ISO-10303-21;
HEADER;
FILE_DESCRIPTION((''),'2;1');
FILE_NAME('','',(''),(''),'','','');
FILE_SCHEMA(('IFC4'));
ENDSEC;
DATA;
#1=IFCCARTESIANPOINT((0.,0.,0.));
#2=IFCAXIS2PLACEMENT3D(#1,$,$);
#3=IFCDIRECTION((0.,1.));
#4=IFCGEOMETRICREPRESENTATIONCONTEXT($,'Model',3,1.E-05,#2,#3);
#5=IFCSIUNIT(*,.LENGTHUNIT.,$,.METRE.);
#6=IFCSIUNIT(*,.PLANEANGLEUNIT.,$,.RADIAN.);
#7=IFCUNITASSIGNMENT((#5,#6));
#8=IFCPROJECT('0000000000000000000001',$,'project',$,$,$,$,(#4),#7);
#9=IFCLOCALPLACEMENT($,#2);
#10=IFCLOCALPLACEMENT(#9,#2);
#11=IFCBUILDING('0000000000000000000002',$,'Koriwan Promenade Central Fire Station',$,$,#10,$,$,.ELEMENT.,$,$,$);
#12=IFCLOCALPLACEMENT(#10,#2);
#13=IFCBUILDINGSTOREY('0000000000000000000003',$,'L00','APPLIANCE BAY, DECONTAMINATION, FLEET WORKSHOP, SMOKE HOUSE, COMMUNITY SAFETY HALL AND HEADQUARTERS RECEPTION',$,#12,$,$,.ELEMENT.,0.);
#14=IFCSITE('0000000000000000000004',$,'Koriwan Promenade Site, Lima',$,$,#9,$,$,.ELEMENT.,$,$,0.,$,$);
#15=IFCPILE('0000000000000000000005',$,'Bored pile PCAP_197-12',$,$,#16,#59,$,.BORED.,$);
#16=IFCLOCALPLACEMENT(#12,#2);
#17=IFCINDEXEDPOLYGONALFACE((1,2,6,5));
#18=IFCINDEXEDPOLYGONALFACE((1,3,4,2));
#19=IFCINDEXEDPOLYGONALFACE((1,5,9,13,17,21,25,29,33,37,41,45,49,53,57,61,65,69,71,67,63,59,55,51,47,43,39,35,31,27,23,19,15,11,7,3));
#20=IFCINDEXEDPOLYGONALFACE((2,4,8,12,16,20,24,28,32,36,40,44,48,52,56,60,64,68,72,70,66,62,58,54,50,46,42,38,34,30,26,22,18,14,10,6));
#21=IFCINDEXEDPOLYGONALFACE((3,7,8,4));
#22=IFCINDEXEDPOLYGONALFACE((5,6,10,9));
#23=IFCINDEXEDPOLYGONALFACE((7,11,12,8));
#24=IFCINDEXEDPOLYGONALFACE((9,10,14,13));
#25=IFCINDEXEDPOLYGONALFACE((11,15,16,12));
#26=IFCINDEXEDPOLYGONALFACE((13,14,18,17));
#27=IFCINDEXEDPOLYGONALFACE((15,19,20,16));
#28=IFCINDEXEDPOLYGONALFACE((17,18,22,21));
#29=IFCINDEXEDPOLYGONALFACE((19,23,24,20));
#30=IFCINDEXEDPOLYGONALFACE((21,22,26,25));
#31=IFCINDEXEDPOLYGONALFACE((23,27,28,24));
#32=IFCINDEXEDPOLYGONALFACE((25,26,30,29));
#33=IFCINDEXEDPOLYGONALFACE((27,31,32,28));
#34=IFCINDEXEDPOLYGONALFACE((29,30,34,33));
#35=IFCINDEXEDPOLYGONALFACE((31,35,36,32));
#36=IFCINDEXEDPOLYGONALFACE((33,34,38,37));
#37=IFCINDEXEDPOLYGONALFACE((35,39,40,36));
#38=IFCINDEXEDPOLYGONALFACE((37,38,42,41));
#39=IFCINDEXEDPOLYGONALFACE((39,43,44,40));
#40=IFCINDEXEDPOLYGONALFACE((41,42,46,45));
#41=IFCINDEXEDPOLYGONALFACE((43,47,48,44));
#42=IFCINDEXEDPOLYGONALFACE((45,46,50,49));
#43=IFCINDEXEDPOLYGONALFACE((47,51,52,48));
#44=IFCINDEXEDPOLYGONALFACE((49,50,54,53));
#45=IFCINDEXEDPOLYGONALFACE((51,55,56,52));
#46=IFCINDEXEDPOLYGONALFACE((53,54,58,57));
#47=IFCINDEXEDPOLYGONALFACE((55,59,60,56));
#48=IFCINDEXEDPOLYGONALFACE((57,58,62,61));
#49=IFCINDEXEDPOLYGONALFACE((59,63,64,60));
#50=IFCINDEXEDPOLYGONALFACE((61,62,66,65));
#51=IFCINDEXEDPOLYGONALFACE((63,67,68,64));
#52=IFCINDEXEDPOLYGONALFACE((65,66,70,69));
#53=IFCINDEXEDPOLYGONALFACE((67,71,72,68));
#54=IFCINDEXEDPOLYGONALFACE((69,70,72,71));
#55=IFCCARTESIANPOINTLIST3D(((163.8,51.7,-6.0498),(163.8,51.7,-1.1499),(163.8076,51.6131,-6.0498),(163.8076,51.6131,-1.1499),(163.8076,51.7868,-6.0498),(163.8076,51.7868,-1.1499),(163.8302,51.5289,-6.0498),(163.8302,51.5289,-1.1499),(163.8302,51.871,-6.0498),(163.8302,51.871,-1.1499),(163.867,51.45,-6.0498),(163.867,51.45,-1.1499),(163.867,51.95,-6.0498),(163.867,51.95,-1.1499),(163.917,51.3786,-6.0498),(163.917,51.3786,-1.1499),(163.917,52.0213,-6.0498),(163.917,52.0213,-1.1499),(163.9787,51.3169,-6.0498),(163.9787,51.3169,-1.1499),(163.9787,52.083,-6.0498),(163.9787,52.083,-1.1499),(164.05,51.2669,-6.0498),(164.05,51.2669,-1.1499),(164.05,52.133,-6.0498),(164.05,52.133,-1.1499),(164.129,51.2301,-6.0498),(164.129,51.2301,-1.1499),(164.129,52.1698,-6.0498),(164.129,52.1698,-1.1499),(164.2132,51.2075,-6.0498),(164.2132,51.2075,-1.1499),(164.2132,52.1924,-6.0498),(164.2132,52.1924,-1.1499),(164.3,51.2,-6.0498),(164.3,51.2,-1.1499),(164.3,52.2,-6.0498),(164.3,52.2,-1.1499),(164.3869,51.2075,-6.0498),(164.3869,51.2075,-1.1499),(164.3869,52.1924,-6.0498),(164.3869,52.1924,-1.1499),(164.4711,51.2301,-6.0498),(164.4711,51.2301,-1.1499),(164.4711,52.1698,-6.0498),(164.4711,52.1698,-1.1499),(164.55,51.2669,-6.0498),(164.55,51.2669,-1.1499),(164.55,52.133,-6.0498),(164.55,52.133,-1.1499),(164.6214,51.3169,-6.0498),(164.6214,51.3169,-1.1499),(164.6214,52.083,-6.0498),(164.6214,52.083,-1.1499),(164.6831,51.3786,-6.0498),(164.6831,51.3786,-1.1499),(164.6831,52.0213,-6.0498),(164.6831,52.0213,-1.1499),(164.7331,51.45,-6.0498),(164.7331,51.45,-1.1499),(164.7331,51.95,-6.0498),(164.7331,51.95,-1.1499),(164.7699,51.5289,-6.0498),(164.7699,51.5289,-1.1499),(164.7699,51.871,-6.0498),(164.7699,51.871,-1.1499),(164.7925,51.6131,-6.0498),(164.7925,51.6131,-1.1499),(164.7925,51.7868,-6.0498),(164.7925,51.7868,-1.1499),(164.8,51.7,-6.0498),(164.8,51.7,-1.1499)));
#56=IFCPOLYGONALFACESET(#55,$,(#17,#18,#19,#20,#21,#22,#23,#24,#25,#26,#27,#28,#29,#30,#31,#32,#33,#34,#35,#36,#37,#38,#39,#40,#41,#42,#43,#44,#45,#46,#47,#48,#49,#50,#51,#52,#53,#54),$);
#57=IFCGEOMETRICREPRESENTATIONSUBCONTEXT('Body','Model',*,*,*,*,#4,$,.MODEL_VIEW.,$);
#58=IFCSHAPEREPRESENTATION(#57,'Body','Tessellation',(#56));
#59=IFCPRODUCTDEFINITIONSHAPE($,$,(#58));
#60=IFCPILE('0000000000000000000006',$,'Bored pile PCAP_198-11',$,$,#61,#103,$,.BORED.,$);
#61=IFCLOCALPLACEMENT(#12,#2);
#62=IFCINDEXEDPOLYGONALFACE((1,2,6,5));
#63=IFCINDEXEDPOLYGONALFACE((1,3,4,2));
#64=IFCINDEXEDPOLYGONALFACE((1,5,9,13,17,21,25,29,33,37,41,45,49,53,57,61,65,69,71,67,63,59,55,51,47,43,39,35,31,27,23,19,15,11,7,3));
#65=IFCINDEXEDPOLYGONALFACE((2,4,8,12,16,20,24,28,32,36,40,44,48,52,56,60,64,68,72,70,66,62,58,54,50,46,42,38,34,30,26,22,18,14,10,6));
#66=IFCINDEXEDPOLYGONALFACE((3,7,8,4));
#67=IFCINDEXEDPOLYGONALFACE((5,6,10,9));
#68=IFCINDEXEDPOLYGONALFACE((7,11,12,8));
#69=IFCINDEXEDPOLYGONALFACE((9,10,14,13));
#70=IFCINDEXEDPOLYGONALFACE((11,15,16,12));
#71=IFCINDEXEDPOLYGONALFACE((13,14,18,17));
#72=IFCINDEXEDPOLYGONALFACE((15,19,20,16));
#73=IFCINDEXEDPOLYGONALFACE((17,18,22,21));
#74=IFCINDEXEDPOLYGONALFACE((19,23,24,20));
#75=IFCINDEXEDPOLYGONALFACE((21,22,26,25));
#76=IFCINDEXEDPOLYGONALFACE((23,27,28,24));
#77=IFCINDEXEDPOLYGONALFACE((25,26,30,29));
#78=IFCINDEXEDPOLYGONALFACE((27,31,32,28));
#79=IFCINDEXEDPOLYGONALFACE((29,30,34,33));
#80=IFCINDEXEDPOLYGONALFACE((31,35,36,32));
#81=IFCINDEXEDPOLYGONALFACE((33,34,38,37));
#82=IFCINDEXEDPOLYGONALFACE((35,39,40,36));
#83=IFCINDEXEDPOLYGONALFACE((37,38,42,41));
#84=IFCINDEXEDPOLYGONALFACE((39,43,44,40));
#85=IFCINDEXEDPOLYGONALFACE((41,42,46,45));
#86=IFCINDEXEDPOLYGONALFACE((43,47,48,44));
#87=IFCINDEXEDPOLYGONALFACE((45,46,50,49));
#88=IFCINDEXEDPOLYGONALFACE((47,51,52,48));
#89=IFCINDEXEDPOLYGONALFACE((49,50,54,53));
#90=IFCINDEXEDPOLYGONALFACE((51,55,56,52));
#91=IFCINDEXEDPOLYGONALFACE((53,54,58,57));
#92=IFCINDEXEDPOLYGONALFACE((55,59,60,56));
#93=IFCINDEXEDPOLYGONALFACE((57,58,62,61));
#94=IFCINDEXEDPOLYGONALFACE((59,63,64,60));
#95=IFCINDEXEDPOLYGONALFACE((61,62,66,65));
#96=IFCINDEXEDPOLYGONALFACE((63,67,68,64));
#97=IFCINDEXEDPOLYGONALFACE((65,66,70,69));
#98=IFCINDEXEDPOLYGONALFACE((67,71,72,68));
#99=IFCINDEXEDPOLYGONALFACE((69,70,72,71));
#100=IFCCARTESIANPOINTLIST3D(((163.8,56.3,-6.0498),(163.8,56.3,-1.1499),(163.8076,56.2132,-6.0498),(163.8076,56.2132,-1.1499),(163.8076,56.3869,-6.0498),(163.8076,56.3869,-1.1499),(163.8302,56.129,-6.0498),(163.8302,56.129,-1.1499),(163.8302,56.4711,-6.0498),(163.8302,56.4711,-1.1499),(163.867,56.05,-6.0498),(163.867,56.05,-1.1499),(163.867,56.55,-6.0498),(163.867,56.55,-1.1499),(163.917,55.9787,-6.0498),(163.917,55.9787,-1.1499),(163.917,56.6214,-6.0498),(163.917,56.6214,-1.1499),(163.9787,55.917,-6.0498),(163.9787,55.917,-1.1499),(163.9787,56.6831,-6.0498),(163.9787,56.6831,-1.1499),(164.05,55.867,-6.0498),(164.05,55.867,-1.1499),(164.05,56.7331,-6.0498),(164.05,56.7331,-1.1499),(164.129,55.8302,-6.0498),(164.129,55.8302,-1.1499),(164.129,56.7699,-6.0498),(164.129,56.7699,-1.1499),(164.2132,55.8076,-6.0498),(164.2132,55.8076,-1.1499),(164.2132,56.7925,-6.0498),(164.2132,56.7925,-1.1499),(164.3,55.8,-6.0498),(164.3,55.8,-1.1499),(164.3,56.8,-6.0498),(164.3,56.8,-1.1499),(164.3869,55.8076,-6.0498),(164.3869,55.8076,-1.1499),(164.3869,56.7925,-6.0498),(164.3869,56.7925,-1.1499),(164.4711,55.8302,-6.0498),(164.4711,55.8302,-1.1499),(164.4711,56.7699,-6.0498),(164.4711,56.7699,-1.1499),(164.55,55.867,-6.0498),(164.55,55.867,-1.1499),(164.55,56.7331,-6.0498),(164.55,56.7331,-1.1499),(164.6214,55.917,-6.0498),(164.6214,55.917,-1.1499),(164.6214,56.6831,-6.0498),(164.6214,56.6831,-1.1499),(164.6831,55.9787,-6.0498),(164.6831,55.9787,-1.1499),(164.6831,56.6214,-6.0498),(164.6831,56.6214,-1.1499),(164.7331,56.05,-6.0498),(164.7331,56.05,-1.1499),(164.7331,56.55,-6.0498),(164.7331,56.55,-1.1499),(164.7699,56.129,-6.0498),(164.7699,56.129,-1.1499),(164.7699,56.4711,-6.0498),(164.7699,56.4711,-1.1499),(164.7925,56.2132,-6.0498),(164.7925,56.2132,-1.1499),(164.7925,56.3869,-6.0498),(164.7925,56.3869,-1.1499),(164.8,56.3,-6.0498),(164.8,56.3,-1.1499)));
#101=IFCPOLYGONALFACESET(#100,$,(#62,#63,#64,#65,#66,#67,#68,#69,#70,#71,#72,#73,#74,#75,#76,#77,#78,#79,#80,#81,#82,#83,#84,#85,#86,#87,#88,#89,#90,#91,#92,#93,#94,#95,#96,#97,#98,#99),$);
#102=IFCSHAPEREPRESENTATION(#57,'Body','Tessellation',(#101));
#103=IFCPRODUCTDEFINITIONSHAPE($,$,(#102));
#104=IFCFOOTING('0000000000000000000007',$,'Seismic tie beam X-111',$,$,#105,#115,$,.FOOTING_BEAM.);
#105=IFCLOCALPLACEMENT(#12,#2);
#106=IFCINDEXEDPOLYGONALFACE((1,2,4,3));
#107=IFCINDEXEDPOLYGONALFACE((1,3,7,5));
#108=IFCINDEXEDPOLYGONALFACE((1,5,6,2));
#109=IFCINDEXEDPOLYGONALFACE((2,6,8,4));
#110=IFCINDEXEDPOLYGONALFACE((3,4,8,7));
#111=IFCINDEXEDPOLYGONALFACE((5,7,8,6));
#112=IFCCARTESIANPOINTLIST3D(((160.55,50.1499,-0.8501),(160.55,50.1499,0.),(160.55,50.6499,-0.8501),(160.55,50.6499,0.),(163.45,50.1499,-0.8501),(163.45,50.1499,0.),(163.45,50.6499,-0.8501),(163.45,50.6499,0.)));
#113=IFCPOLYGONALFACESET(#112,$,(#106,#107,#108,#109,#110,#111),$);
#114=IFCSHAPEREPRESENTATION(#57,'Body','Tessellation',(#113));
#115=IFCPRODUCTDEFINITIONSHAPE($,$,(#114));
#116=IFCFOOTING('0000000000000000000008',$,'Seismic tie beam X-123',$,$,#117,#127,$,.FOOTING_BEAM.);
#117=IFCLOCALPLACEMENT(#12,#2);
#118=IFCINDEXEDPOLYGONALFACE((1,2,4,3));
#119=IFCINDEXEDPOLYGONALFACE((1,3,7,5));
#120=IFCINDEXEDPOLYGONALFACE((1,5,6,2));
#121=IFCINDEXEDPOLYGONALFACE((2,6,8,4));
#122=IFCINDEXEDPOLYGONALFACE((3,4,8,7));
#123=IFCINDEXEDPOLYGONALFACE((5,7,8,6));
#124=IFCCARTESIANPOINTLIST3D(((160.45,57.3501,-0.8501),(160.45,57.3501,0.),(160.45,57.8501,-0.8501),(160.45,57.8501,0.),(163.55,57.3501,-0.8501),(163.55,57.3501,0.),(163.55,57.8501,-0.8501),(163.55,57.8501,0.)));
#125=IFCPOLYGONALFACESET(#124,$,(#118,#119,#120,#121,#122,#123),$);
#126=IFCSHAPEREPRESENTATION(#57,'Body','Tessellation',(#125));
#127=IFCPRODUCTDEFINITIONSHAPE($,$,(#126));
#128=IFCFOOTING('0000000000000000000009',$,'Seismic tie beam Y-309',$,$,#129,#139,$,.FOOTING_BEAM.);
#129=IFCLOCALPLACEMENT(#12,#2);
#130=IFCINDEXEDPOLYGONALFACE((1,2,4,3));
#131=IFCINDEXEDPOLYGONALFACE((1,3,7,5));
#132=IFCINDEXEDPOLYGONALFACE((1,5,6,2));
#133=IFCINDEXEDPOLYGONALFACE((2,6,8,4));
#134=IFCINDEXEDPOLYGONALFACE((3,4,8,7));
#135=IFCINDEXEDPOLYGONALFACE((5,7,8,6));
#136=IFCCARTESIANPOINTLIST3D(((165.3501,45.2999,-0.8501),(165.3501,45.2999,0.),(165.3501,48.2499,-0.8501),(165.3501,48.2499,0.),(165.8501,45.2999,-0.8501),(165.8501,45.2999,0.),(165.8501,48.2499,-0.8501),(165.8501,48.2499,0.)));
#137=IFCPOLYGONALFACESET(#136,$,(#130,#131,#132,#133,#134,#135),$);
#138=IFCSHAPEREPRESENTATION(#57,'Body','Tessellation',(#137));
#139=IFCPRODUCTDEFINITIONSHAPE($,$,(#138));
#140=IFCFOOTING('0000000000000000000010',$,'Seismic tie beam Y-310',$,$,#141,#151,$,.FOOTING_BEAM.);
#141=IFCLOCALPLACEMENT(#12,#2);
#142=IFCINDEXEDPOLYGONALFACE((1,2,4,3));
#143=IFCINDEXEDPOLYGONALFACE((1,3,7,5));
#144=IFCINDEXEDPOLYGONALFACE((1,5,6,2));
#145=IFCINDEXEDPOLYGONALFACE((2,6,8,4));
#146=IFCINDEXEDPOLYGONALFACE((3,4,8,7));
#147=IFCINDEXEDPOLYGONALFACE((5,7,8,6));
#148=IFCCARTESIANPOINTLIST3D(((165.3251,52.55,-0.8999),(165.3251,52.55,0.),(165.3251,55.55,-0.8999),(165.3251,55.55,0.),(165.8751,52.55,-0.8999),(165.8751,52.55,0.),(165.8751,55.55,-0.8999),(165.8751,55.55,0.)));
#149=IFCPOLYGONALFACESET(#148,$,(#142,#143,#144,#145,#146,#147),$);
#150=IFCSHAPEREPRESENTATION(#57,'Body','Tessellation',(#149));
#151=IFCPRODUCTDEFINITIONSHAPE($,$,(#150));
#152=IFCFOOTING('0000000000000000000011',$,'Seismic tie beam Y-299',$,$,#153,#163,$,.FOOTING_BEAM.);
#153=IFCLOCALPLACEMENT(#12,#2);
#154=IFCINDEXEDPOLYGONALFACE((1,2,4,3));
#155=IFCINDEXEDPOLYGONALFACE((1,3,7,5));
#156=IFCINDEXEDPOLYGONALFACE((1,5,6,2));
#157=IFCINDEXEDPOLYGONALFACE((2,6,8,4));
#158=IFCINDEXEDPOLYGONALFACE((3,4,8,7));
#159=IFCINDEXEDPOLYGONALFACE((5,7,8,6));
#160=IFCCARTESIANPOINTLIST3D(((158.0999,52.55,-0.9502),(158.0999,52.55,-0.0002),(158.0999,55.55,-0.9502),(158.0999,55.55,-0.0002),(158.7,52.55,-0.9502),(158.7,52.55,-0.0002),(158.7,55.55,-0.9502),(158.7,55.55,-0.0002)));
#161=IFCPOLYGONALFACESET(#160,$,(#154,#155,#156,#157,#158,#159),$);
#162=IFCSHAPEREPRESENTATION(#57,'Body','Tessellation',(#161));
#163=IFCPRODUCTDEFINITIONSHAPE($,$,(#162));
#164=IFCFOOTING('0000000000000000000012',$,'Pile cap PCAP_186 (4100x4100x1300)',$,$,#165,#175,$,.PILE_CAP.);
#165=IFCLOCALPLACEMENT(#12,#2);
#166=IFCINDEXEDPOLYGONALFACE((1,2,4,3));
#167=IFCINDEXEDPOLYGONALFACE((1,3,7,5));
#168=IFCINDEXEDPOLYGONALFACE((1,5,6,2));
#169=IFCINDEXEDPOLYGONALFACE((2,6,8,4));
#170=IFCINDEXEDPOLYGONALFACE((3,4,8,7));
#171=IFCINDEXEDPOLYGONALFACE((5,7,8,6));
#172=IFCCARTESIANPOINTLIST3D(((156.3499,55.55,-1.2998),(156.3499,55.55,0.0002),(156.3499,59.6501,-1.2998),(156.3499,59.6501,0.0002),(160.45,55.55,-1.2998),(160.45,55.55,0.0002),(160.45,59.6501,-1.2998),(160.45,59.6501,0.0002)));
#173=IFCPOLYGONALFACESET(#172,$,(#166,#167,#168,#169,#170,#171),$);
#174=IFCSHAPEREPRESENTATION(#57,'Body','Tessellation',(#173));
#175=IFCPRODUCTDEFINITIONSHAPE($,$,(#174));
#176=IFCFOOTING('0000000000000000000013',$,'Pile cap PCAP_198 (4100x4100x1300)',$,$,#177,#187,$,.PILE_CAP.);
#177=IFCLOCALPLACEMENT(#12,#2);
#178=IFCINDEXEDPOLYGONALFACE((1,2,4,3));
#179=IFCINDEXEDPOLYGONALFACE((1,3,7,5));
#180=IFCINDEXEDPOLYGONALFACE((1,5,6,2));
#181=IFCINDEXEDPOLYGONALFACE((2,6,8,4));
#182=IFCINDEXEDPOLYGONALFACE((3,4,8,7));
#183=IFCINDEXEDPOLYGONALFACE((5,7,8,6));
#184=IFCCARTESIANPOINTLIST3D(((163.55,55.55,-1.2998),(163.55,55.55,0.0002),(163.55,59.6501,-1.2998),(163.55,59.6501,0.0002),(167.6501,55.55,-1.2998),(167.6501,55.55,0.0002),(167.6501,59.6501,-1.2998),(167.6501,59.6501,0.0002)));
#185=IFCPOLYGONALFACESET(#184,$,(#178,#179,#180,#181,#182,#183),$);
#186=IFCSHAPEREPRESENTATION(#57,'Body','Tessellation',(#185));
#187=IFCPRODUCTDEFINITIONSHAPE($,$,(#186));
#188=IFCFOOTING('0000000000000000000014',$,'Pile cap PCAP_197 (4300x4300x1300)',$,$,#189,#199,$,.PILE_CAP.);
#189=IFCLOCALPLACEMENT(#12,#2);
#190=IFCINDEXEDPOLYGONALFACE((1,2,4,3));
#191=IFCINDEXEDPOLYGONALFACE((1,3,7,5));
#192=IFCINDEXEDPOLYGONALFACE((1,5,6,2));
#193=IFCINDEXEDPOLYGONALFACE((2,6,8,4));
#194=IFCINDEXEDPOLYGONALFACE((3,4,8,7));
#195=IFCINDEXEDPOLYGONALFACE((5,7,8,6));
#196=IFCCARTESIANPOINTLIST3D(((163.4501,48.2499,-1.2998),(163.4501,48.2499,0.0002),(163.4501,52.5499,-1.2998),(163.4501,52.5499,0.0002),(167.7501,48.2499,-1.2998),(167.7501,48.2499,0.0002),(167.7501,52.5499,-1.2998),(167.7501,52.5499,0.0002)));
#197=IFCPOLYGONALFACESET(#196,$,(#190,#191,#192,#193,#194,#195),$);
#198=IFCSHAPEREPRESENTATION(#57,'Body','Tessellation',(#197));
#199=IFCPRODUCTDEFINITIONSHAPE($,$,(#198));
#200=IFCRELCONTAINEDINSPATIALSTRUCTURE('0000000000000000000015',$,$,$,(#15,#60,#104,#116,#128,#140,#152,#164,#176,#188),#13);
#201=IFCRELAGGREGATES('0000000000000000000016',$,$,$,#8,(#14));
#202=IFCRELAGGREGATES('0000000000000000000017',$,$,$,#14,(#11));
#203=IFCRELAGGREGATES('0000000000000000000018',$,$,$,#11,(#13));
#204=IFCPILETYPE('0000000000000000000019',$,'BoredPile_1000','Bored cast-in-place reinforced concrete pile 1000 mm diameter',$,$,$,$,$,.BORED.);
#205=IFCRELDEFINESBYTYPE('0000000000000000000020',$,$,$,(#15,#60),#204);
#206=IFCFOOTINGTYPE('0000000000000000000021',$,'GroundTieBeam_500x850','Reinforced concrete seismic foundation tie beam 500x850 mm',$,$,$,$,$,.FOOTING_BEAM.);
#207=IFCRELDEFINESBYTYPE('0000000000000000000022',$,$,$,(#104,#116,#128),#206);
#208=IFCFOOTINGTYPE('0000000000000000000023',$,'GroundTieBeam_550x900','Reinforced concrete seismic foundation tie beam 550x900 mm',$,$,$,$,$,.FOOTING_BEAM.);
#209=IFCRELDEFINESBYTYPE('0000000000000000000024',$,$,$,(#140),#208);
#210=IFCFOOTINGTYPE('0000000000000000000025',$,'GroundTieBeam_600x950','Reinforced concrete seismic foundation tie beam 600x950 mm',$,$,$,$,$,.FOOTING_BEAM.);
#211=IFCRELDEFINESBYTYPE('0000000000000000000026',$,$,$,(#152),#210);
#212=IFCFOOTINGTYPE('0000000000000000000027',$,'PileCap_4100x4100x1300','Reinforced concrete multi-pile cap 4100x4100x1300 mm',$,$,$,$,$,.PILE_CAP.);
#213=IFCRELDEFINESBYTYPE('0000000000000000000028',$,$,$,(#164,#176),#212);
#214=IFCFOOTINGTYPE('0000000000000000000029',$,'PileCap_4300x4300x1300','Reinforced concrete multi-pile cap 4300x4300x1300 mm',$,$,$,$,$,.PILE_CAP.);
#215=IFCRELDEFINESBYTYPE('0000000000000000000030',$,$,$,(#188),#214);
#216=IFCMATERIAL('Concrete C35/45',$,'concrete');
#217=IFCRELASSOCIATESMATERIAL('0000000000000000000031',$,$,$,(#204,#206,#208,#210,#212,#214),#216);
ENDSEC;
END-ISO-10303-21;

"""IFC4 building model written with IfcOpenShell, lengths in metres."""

from ifc_helpers import new_model, si_unit, direction, frame, origin, origin_2d, place, context, subcontext, project, spatial, rectangle, circle, extrude, material, material_profile, profile_set, type_object, element, save


model = new_model("IFC4")

# Units and contexts
model_context = context("Model", 3, precision=1e-05, world=origin(), true_north=direction((0.0, 1.0)))
body_context = subcontext(model_context, "Body", "Model", "MODEL_VIEW")
ifc_project = project(units=[si_unit("LENGTHUNIT", "METRE"), si_unit("PLANEANGLEUNIT", "RADIAN")], contexts=[model_context])

# Site, building, storey
site_placement = place(None, origin())
site = spatial("IfcSite", under=ifc_project, at=site_placement, Name="Koriwan Promenade Site, Lima", CompositionType="ELEMENT", RefElevation=0.0)
building_placement = place(site_placement, origin())
building = spatial("IfcBuilding", under=site, at=building_placement, Name="Koriwan Promenade Central Fire Station", CompositionType="ELEMENT")
storey_placement = place(building_placement, origin())
storey = spatial("IfcBuildingStorey", under=building, at=storey_placement, Name="L00", Description="APPLIANCE BAY, DECONTAMINATION, FLEET WORKSHOP, SMOKE HOUSE, COMMUNITY SAFETY HALL AND HEADQUARTERS RECEPTION", CompositionType="ELEMENT", Elevation=0.0)

# Piles
ifc_material_1 = material(Name="Concrete C35/45", Category="concrete")
ifc_material_profile_1 = material_profile(ifc_material_1, circle(Radius=0.5, at=origin_2d()), Name="PILE-D1000")
ifc_profile_set_1 = profile_set([ifc_material_profile_1], Name="Concrete C35/45")
pile_type = type_object("IfcPileType", Name="BoredPile_1000", Description="Bored cast-in-place reinforced concrete pile 1000 mm diameter", PredefinedType="BORED", material=ifc_profile_set_1)
for number, where, z_axis, x_axis, name in (
    (1, (164.3, 51.7, -1.1499), (0.0, 0.0, -1.0), (1.0, 0.0, 0.0), "Bored pile PCAP_197-12"),
    (2, (164.3, 56.3, -1.1499), (0.0, 0.0, -1.0), (1.0, 0.0, 0.0), "Bored pile PCAP_198-11"),
):
    element("IfcPile", number, at=place(storey_placement, frame(where, z_axis=z_axis, x_axis=x_axis)), inside=storey, type_object=pile_type, Name=name, PredefinedType="BORED", context=body_context, shape_type="SweptSolid", body=[
        extrude(circle(Radius=0.5, at=origin_2d()), origin(), (0.0, 0.0, 1.0), 4.8999),
    ])

# Footings
footing_type_1 = type_object("IfcFootingType", Name="GroundTieBeam_500x850", Description="Reinforced concrete seismic foundation tie beam 500x850 mm", PredefinedType="FOOTING_BEAM", material=ifc_material_1)
footing_1_placement = place(storey_placement, frame((162.0, 50.3999, -0.8501), z_axis=(0.0, 0.0, 1.0), x_axis=(1.0, 0.0, 0.0)))
element("IfcFooting", 3, at=footing_1_placement, inside=storey, type_object=footing_type_1, Name="Seismic tie beam X-111", PredefinedType="FOOTING_BEAM", context=body_context, shape_type="SweptSolid", body=[
    extrude(rectangle(XDim=2.8999, YDim=0.5, at=origin_2d()), origin(), (0.0, 0.0, 1.0), 0.8501),
])
footing_2_placement = place(storey_placement, frame((162.0, 57.6001, -0.8501), z_axis=(0.0, 0.0, 1.0), x_axis=(1.0, 0.0, 0.0)))
element("IfcFooting", 4, at=footing_2_placement, inside=storey, type_object=footing_type_1, Name="Seismic tie beam X-123", PredefinedType="FOOTING_BEAM", context=body_context, shape_type="SweptSolid", body=[
    extrude(rectangle(XDim=3.1001, YDim=0.5, at=origin_2d()), origin(), (0.0, 0.0, 1.0), 0.8501),
])
footing_3_placement = place(storey_placement, frame((165.6001, 46.7749, -0.8501), z_axis=(0.0, 0.0, 1.0), x_axis=(0.0, 1.0, 0.0)))
element("IfcFooting", 5, at=footing_3_placement, inside=storey, type_object=footing_type_1, Name="Seismic tie beam Y-309", PredefinedType="FOOTING_BEAM", context=body_context, shape_type="SweptSolid", body=[
    extrude(rectangle(XDim=2.95, YDim=0.5, at=origin_2d()), origin(), (0.0, 0.0, 1.0), 0.8501),
])
footing_type_2 = type_object("IfcFootingType", Name="GroundTieBeam_550x900", Description="Reinforced concrete seismic foundation tie beam 550x900 mm", PredefinedType="FOOTING_BEAM", material=ifc_material_1)
footing_4_placement = place(storey_placement, frame((165.6001, 54.05, -0.8999), z_axis=(0.0, 0.0, 1.0), x_axis=(0.0, 1.0, 0.0)))
element("IfcFooting", 6, at=footing_4_placement, inside=storey, type_object=footing_type_2, Name="Seismic tie beam Y-310", PredefinedType="FOOTING_BEAM", context=body_context, shape_type="SweptSolid", body=[
    extrude(rectangle(XDim=3.0, YDim=0.55, at=origin_2d()), origin(), (0.0, 0.0, 1.0), 0.8999),
])
footing_type_3 = type_object("IfcFootingType", Name="GroundTieBeam_600x950", Description="Reinforced concrete seismic foundation tie beam 600x950 mm", PredefinedType="FOOTING_BEAM", material=ifc_material_1)
footing_5_placement = place(storey_placement, frame((158.3999, 54.05, -0.9502), z_axis=(0.0, 0.0, 1.0), x_axis=(0.0, 1.0, 0.0)))
element("IfcFooting", 7, at=footing_5_placement, inside=storey, type_object=footing_type_3, Name="Seismic tie beam Y-299", PredefinedType="FOOTING_BEAM", context=body_context, shape_type="SweptSolid", body=[
    extrude(rectangle(XDim=3.0, YDim=0.6001, at=origin_2d()), origin(), (0.0, 0.0, 1.0), 0.95),
])
footing_type_4 = type_object("IfcFootingType", Name="PileCap_4100x4100x1300", Description="Reinforced concrete multi-pile cap 4100x4100x1300 mm", PredefinedType="PILE_CAP", material=ifc_material_1)
for number, where, z_axis, x_axis, name in (
    (8, (158.3999, 57.6001, -1.2998), (0.0, 0.0, 1.0), (1.0, 0.0, 0.0), "Pile cap PCAP_186 (4100x4100x1300)"),
    (9, (165.6001, 57.6001, -1.2998), (0.0, 0.0, 1.0), (1.0, 0.0, 0.0), "Pile cap PCAP_198 (4100x4100x1300)"),
):
    element("IfcFooting", number, at=place(storey_placement, frame(where, z_axis=z_axis, x_axis=x_axis)), inside=storey, type_object=footing_type_4, Name=name, PredefinedType="PILE_CAP", context=body_context, shape_type="SweptSolid", body=[
        extrude(rectangle(XDim=4.1001, YDim=4.1001, at=origin_2d()), origin(), (0.0, 0.0, 1.0), 1.3),
    ])
footing_type_5 = type_object("IfcFootingType", Name="PileCap_4300x4300x1300", Description="Reinforced concrete multi-pile cap 4300x4300x1300 mm", PredefinedType="PILE_CAP", material=ifc_material_1)
footing_6_placement = place(storey_placement, frame((165.6001, 50.3999, -1.2998), z_axis=(0.0, 0.0, 1.0), x_axis=(1.0, 0.0, 0.0)))
element("IfcFooting", 10, at=footing_6_placement, inside=storey, type_object=footing_type_5, Name="Pile cap PCAP_197 (4300x4300x1300)", PredefinedType="PILE_CAP", context=body_context, shape_type="SweptSolid", body=[
    extrude(rectangle(XDim=4.3, YDim=4.3, at=origin_2d()), origin(), (0.0, 0.0, 1.0), 1.3),
])

save(model, "model.ifc")
